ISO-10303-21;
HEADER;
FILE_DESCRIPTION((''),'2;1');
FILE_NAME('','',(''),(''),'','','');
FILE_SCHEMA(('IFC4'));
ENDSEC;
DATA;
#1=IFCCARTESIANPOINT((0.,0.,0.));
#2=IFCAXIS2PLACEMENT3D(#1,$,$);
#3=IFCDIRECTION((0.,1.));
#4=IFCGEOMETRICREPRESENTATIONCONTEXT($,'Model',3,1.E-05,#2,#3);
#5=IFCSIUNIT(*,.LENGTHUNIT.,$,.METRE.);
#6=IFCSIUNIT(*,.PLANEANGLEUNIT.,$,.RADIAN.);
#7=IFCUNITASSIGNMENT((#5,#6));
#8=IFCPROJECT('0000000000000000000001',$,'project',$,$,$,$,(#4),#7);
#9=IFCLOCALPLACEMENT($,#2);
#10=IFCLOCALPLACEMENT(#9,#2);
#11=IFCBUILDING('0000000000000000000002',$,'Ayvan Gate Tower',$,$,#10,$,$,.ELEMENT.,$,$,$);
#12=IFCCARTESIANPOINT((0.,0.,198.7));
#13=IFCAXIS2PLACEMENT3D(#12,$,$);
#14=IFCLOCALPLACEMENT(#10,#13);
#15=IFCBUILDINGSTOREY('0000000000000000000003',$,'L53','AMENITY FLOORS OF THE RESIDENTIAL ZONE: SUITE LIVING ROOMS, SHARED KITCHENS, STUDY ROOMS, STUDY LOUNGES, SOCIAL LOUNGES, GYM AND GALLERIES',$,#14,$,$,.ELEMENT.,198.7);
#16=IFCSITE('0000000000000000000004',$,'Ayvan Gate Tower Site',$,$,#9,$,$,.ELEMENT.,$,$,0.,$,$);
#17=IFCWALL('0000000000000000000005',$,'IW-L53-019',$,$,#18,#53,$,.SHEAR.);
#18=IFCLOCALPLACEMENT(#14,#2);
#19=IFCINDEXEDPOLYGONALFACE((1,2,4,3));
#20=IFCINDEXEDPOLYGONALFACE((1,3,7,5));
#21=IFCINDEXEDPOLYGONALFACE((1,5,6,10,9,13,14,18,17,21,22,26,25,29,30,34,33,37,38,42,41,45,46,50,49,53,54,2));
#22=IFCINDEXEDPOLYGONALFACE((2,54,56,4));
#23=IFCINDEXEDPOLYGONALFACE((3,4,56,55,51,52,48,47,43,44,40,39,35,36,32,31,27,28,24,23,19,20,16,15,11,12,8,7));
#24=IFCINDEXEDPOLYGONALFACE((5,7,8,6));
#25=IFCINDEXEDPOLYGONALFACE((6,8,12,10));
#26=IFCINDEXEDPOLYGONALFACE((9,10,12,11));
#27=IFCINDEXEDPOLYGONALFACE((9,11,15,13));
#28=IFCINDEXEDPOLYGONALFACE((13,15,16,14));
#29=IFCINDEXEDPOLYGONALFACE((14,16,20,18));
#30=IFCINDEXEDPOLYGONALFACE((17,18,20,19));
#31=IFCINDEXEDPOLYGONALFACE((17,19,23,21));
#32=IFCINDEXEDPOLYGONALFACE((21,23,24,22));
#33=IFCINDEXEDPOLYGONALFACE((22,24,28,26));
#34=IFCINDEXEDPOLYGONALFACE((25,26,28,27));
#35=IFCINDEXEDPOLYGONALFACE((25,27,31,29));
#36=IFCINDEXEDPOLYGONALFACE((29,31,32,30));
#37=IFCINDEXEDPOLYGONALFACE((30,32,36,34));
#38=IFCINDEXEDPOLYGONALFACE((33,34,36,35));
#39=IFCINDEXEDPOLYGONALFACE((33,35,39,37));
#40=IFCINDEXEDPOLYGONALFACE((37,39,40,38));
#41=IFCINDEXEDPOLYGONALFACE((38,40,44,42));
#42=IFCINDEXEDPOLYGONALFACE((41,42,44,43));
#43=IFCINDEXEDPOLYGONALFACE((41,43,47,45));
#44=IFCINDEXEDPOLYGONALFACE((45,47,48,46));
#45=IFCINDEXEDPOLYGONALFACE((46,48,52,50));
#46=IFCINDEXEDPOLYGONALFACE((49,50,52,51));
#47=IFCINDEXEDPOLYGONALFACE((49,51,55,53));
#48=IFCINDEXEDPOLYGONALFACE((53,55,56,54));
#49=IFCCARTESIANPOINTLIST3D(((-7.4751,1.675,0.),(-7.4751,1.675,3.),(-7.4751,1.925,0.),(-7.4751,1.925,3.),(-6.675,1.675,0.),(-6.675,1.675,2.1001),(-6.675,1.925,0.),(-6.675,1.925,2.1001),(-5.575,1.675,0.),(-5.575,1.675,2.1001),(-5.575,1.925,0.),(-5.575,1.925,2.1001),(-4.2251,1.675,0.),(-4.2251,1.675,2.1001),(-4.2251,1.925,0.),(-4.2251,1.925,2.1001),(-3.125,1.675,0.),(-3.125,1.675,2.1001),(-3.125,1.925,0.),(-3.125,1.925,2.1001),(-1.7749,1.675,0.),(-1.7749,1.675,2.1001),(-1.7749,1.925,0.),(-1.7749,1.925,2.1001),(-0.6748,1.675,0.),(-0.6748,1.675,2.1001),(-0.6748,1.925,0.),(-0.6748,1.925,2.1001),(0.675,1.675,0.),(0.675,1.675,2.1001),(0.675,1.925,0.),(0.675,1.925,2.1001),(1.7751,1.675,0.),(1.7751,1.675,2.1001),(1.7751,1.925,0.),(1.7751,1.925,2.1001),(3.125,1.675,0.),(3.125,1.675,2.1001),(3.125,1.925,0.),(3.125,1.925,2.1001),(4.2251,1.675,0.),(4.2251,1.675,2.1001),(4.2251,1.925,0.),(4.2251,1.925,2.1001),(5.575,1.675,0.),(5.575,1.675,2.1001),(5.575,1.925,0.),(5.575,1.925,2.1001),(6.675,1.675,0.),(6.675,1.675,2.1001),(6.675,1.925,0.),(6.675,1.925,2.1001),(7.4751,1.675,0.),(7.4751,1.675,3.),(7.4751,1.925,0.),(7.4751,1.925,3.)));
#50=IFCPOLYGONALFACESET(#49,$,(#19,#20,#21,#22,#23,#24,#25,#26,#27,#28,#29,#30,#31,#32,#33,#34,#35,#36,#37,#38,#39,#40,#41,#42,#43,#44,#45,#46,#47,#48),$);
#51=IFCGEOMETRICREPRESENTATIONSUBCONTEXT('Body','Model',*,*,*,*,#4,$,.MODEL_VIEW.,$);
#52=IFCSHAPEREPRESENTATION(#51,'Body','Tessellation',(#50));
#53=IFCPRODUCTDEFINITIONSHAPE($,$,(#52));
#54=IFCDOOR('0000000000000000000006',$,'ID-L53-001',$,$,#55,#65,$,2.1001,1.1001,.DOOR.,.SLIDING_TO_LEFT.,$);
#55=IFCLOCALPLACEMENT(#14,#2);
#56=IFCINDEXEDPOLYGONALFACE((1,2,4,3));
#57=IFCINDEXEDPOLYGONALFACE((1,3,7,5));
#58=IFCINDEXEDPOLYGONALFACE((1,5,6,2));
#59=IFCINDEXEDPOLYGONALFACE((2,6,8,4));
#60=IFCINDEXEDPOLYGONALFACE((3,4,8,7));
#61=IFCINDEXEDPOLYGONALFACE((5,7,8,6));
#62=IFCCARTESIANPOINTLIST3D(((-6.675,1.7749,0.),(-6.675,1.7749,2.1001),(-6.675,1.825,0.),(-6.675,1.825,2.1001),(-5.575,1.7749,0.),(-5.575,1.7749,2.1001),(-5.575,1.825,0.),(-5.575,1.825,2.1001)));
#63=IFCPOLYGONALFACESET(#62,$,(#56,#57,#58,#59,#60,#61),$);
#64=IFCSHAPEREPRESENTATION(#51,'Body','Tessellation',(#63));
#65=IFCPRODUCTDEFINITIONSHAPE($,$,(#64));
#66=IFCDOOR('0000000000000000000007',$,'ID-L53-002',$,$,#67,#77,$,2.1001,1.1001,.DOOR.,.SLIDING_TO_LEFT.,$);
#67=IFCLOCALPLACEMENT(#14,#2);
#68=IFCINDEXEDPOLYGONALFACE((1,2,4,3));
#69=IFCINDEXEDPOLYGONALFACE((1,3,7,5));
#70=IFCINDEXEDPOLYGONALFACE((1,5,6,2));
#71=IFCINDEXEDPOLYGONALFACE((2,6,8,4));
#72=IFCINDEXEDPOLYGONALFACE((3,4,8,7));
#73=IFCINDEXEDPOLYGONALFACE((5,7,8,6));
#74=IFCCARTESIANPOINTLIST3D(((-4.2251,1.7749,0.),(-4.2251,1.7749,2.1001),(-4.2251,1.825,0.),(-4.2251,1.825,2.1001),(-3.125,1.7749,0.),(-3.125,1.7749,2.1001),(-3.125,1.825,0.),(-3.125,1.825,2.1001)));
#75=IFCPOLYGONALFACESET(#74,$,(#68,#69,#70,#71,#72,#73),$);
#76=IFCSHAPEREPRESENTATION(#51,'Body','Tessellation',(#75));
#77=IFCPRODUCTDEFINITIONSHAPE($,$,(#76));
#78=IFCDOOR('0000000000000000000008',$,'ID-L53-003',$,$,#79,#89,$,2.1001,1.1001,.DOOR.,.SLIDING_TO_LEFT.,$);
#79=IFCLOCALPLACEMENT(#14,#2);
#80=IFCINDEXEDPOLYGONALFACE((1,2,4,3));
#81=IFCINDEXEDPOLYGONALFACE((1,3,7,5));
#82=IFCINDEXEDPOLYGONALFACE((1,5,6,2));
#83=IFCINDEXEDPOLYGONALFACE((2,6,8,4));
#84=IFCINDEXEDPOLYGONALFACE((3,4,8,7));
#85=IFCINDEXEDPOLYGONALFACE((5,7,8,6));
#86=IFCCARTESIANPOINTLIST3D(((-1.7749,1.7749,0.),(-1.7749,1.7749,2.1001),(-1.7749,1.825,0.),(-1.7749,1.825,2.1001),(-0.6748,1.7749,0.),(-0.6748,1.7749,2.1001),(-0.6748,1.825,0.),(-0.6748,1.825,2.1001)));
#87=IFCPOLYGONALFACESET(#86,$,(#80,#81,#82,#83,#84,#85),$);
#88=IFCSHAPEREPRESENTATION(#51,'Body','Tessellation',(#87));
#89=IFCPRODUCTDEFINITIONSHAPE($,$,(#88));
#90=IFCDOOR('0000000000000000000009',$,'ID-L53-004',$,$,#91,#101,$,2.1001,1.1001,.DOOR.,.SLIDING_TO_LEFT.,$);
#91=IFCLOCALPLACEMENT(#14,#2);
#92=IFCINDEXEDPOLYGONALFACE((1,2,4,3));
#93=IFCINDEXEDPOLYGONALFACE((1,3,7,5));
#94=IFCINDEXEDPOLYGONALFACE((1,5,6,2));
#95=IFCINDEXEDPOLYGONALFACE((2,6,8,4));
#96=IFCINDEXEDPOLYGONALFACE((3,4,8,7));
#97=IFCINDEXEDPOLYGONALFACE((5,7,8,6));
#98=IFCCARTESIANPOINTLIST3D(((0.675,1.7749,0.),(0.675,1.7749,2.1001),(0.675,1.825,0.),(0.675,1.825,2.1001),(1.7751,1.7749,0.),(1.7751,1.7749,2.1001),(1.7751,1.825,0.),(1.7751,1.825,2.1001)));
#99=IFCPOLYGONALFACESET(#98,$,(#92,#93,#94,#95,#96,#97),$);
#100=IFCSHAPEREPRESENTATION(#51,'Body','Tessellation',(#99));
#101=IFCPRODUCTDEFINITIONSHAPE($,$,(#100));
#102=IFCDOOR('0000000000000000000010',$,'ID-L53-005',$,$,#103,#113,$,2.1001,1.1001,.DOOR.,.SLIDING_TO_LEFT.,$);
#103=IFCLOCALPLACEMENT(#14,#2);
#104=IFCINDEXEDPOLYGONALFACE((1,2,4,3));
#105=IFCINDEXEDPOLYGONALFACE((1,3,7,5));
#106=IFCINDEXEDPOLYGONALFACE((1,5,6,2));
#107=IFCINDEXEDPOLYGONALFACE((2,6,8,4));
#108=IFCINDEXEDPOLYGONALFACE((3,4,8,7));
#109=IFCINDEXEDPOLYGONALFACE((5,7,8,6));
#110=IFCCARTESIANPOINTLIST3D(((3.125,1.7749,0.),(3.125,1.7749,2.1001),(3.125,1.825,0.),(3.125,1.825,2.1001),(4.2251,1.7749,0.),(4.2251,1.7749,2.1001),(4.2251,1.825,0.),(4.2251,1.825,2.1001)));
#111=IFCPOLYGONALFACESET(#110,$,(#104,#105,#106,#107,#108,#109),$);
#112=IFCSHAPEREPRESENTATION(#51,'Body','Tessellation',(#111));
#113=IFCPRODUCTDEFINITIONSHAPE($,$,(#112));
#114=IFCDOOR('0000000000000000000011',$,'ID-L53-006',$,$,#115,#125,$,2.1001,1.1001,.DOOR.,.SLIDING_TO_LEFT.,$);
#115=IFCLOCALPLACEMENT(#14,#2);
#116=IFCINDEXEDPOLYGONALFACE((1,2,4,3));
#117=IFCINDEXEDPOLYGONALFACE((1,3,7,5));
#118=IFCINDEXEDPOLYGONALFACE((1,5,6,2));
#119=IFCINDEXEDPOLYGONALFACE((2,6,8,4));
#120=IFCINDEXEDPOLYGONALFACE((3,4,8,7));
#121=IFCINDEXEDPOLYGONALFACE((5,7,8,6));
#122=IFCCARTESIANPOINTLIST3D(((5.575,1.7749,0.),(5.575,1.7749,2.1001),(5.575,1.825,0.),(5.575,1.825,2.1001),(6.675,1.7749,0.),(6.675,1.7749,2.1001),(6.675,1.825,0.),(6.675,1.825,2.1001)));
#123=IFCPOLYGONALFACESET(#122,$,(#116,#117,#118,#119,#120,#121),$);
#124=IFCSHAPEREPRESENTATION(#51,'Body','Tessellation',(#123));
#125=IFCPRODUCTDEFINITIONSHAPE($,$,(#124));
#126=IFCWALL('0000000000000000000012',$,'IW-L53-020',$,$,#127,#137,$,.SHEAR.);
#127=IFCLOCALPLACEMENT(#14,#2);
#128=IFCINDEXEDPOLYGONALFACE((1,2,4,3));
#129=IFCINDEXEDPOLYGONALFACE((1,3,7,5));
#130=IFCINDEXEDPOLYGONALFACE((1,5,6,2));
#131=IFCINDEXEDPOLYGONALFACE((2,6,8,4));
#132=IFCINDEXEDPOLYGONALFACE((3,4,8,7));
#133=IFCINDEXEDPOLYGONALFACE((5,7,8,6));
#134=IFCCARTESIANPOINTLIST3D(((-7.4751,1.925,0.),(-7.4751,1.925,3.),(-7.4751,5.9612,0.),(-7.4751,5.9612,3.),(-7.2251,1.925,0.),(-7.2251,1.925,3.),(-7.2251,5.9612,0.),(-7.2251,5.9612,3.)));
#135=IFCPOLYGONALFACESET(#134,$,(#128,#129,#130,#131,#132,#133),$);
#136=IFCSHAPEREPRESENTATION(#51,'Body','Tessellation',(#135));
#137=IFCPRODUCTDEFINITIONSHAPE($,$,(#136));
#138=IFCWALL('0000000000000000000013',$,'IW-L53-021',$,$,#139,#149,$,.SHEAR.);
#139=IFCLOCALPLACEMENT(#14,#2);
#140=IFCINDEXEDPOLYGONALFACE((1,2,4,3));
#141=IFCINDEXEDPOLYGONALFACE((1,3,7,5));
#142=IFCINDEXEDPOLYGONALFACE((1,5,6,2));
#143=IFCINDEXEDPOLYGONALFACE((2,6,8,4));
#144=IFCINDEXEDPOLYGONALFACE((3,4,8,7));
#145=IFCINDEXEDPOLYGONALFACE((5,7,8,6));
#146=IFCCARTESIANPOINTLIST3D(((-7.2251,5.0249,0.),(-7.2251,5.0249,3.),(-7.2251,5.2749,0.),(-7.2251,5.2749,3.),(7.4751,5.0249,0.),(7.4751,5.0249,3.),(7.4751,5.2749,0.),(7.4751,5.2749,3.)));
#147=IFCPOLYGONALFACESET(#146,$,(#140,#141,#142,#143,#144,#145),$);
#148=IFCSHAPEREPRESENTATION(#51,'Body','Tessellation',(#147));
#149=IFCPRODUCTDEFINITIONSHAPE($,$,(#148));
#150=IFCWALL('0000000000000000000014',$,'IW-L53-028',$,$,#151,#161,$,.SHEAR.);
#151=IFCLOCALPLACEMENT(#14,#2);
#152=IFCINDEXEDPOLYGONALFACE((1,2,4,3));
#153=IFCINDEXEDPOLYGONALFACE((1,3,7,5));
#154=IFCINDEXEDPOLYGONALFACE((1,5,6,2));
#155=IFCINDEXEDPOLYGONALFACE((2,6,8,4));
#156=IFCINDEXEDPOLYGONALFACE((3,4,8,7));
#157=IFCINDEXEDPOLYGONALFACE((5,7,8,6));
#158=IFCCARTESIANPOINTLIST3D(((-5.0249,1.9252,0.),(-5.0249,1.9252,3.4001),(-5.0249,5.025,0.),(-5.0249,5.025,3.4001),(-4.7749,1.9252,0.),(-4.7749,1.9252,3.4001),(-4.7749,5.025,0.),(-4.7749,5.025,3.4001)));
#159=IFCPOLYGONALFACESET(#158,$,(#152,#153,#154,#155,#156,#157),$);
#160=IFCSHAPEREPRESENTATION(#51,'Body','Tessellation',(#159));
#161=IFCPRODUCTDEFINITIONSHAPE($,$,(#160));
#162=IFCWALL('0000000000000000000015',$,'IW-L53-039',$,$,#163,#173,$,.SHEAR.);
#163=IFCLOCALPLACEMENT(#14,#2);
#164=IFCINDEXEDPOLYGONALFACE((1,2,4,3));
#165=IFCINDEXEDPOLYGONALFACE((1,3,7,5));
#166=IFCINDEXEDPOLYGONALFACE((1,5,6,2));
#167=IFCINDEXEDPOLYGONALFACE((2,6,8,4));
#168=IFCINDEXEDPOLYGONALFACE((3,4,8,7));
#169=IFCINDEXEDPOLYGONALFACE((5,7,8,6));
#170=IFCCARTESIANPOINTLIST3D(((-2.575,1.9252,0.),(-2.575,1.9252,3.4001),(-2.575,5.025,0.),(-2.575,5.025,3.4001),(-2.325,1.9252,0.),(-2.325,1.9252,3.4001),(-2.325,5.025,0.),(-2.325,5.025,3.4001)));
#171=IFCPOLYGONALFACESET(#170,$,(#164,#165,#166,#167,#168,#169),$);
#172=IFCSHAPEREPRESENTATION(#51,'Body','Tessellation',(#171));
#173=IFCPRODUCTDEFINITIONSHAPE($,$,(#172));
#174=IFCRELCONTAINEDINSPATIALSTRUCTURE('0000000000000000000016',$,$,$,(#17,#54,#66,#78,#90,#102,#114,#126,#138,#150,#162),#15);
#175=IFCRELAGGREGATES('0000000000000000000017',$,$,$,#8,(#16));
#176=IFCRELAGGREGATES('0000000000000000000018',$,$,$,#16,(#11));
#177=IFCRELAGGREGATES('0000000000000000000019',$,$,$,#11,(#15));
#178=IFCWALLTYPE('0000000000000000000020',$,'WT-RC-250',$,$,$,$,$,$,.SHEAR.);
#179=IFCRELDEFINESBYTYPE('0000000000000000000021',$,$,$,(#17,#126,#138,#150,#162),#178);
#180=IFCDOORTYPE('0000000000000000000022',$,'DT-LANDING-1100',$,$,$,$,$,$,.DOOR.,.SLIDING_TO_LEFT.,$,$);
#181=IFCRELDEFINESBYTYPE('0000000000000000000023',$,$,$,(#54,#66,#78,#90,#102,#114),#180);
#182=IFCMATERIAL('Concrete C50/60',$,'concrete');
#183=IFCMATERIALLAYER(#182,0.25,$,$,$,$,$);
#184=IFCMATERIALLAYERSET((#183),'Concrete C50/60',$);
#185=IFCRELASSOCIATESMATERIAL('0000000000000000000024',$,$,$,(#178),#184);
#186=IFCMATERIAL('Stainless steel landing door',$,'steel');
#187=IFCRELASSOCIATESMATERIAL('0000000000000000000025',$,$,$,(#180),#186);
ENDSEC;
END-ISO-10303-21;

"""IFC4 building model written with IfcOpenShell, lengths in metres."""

from ifc_helpers import new_model, si_unit, direction, frame, frame_2d, origin, place, context, subcontext, project, spatial, rectangle, extrude, material, layer, layer_set, type_object, element, fill, save


model = new_model("IFC4")

# Units and contexts
model_context = context("Model", 3, precision=1e-05, world=origin(), true_north=direction((0.0, 1.0)))
body_context = subcontext(model_context, "Body", "Model", "MODEL_VIEW")
ifc_project = project(units=[si_unit("LENGTHUNIT", "METRE"), si_unit("PLANEANGLEUNIT", "RADIAN")], contexts=[model_context])

# Site, building, storey
site_placement = place(None, origin())
site = spatial("IfcSite", under=ifc_project, at=site_placement, Name="Ayvan Gate Tower Site", CompositionType="ELEMENT", RefElevation=0.0)
building_placement = place(site_placement, origin())
building = spatial("IfcBuilding", under=site, at=building_placement, Name="Ayvan Gate Tower", CompositionType="ELEMENT")
storey_placement = place(building_placement, frame((0.0, 0.0, 198.7)))
storey = spatial("IfcBuildingStorey", under=building, at=storey_placement, Name="L53", Description="AMENITY FLOORS OF THE RESIDENTIAL ZONE: SUITE LIVING ROOMS, SHARED KITCHENS, STUDY ROOMS, STUDY LOUNGES, SOCIAL LOUNGES, GYM AND GALLERIES", CompositionType="ELEMENT", Elevation=198.7)

# Wall, openings, doors
ifc_material_1 = material(Name="Concrete C50/60", Category="concrete")
ifc_layer_1 = layer(ifc_material_1, 0.25)
ifc_layer_set_1 = layer_set([ifc_layer_1], Name="Concrete C50/60")
wall_type_1 = type_object("IfcWallType", Name="WT-RC-250", PredefinedType="SHEAR", material=ifc_layer_set_1)
wall_1_placement = place(storey_placement, frame((-7.4751, 1.8, 0.0), z_axis=(0.0, 0.0, 1.0), x_axis=(1.0, 0.0, 0.0)))
wall_1 = element("IfcWall", 1, at=wall_1_placement, inside=storey, type_object=wall_type_1, Name="IW-L53-019", PredefinedType="SHEAR", context=body_context, shape_type="SweptSolid", body=[
    extrude(rectangle(XDim=14.9502, YDim=0.25, at=frame_2d((7.4751, 0.0))), origin(), (0.0, 0.0, 1.0), 3.0),
])
opening_1_placement = place(wall_1_placement, frame((0.8, 0.0, 0.0)))
opening_1 = element("IfcOpeningElement", 2, at=opening_1_placement, cuts=wall_1, PredefinedType="OPENING", context=body_context, shape_type="SweptSolid", body=[
    extrude(rectangle(XDim=1.1001, YDim=2.1001, at=frame_2d((0.55, 1.05))), frame((0.0, 0.135, 0.0), z_axis=(0.0, -1.0, 0.0), x_axis=(1.0, 0.0, 0.0)), (0.0, 0.0, 1.0), 0.27),
])
opening_2_placement = place(wall_1_placement, frame((3.25, 0.0, 0.0)))
opening_2 = element("IfcOpeningElement", 3, at=opening_2_placement, cuts=wall_1, PredefinedType="OPENING", context=body_context, shape_type="SweptSolid", body=[
    extrude(rectangle(XDim=1.1001, YDim=2.1001, at=frame_2d((0.55, 1.05))), frame((0.0, 0.135, 0.0), z_axis=(0.0, -1.0, 0.0), x_axis=(1.0, 0.0, 0.0)), (0.0, 0.0, 1.0), 0.27),
])
opening_3_placement = place(wall_1_placement, frame((5.7002, 0.0, 0.0)))
opening_3 = element("IfcOpeningElement", 4, at=opening_3_placement, cuts=wall_1, PredefinedType="OPENING", context=body_context, shape_type="SweptSolid", body=[
    extrude(rectangle(XDim=1.1001, YDim=2.1001, at=frame_2d((0.55, 1.05))), frame((0.0, 0.135, 0.0), z_axis=(0.0, -1.0, 0.0), x_axis=(1.0, 0.0, 0.0)), (0.0, 0.0, 1.0), 0.27),
])
opening_4_placement = place(wall_1_placement, frame((8.1501, 0.0, 0.0)))
opening_4 = element("IfcOpeningElement", 5, at=opening_4_placement, cuts=wall_1, PredefinedType="OPENING", context=body_context, shape_type="SweptSolid", body=[
    extrude(rectangle(XDim=1.1001, YDim=2.1001, at=frame_2d((0.55, 1.05))), frame((0.0, 0.135, 0.0), z_axis=(0.0, -1.0, 0.0), x_axis=(1.0, 0.0, 0.0)), (0.0, 0.0, 1.0), 0.27),
])
opening_5_placement = place(wall_1_placement, frame((10.6001, 0.0, 0.0)))
opening_5 = element("IfcOpeningElement", 6, at=opening_5_placement, cuts=wall_1, PredefinedType="OPENING", context=body_context, shape_type="SweptSolid", body=[
    extrude(rectangle(XDim=1.1001, YDim=2.1001, at=frame_2d((0.55, 1.05))), frame((0.0, 0.135, 0.0), z_axis=(0.0, -1.0, 0.0), x_axis=(1.0, 0.0, 0.0)), (0.0, 0.0, 1.0), 0.27),
])
opening_6_placement = place(wall_1_placement, frame((13.05, 0.0, 0.0)))
opening_6 = element("IfcOpeningElement", 7, at=opening_6_placement, cuts=wall_1, PredefinedType="OPENING", context=body_context, shape_type="SweptSolid", body=[
    extrude(rectangle(XDim=1.1001, YDim=2.1001, at=frame_2d((0.55, 1.05))), frame((0.0, 0.135, 0.0), z_axis=(0.0, -1.0, 0.0), x_axis=(1.0, 0.0, 0.0)), (0.0, 0.0, 1.0), 0.27),
])
ifc_material_2 = material(Name="Stainless steel landing door", Category="steel")
door_type_1 = type_object("IfcDoorType", Name="DT-LANDING-1100", OperationType="SLIDING_TO_LEFT", PredefinedType="DOOR", material=ifc_material_2)
door_1_placement = place(opening_1_placement, origin())
door_1 = element("IfcDoor", 8, at=door_1_placement, inside=storey, type_object=door_type_1, Name="ID-L53-001", OperationType="SLIDING_TO_LEFT", OverallHeight=2.1001, OverallWidth=1.1001, PredefinedType="DOOR", context=body_context, shape_type="SweptSolid", body=[
    extrude(rectangle(XDim=1.1001, YDim=2.1001, at=frame_2d((0.55, 1.05))), frame((0.0, 0.0249, 0.0), z_axis=(0.0, -1.0, 0.0), x_axis=(1.0, 0.0, 0.0)), (0.0, 0.0, 1.0), 0.05),
])
fill(opening_1, door_1)
door_2_placement = place(opening_2_placement, origin())
door_2 = element("IfcDoor", 9, at=door_2_placement, inside=storey, type_object=door_type_1, Name="ID-L53-002", OperationType="SLIDING_TO_LEFT", OverallHeight=2.1001, OverallWidth=1.1001, PredefinedType="DOOR", context=body_context, shape_type="SweptSolid", body=[
    extrude(rectangle(XDim=1.1001, YDim=2.1001, at=frame_2d((0.55, 1.05))), frame((0.0, 0.0249, 0.0), z_axis=(0.0, -1.0, 0.0), x_axis=(1.0, 0.0, 0.0)), (0.0, 0.0, 1.0), 0.05),
])
fill(opening_2, door_2)
door_3_placement = place(opening_3_placement, origin())
door_3 = element("IfcDoor", 10, at=door_3_placement, inside=storey, type_object=door_type_1, Name="ID-L53-003", OperationType="SLIDING_TO_LEFT", OverallHeight=2.1001, OverallWidth=1.1001, PredefinedType="DOOR", context=body_context, shape_type="SweptSolid", body=[
    extrude(rectangle(XDim=1.1001, YDim=2.1001, at=frame_2d((0.55, 1.05))), frame((0.0, 0.0249, 0.0), z_axis=(0.0, -1.0, 0.0), x_axis=(1.0, 0.0, 0.0)), (0.0, 0.0, 1.0), 0.05),
])
fill(opening_3, door_3)
door_4_placement = place(opening_4_placement, origin())
door_4 = element("IfcDoor", 11, at=door_4_placement, inside=storey, type_object=door_type_1, Name="ID-L53-004", OperationType="SLIDING_TO_LEFT", OverallHeight=2.1001, OverallWidth=1.1001, PredefinedType="DOOR", context=body_context, shape_type="SweptSolid", body=[
    extrude(rectangle(XDim=1.1001, YDim=2.1001, at=frame_2d((0.55, 1.05))), frame((0.0, 0.0249, 0.0), z_axis=(0.0, -1.0, 0.0), x_axis=(1.0, 0.0, 0.0)), (0.0, 0.0, 1.0), 0.05),
])
fill(opening_4, door_4)
door_5_placement = place(opening_5_placement, origin())
door_5 = element("IfcDoor", 12, at=door_5_placement, inside=storey, type_object=door_type_1, Name="ID-L53-005", OperationType="SLIDING_TO_LEFT", OverallHeight=2.1001, OverallWidth=1.1001, PredefinedType="DOOR", context=body_context, shape_type="SweptSolid", body=[
    extrude(rectangle(XDim=1.1001, YDim=2.1001, at=frame_2d((0.55, 1.05))), frame((0.0, 0.0249, 0.0), z_axis=(0.0, -1.0, 0.0), x_axis=(1.0, 0.0, 0.0)), (0.0, 0.0, 1.0), 0.05),
])
fill(opening_5, door_5)
door_6_placement = place(opening_6_placement, origin())
door_6 = element("IfcDoor", 13, at=door_6_placement, inside=storey, type_object=door_type_1, Name="ID-L53-006", OperationType="SLIDING_TO_LEFT", OverallHeight=2.1001, OverallWidth=1.1001, PredefinedType="DOOR", context=body_context, shape_type="SweptSolid", body=[
    extrude(rectangle(XDim=1.1001, YDim=2.1001, at=frame_2d((0.55, 1.05))), frame((0.0, 0.0249, 0.0), z_axis=(0.0, -1.0, 0.0), x_axis=(1.0, 0.0, 0.0)), (0.0, 0.0, 1.0), 0.05),
])
fill(opening_6, door_6)

# Walls
wall_2_placement = place(storey_placement, frame((-7.3501, 1.925, 0.0), z_axis=(0.0, 0.0, 1.0), x_axis=(0.0, 1.0, 0.0)))
element("IfcWall", 14, at=wall_2_placement, inside=storey, type_object=wall_type_1, Name="IW-L53-020", PredefinedType="SHEAR", context=body_context, shape_type="SweptSolid", body=[
    extrude(rectangle(XDim=4.0361, YDim=0.25, at=frame_2d((2.0181, 0.0))), origin(), (0.0, 0.0, 1.0), 3.0),
])
wall_3_placement = place(storey_placement, frame((-7.2251, 5.1499, 0.0), z_axis=(0.0, 0.0, 1.0), x_axis=(1.0, 0.0, 0.0)))
element("IfcWall", 15, at=wall_3_placement, inside=storey, type_object=wall_type_1, Name="IW-L53-021", PredefinedType="SHEAR", context=body_context, shape_type="SweptSolid", body=[
    extrude(rectangle(XDim=14.7002, YDim=0.25, at=frame_2d((7.3501, 0.0))), origin(), (0.0, 0.0, 1.0), 3.0),
])
for number, where, z_axis, x_axis, name in (
    (16, (-4.8999, 5.0249, 0.0), (0.0, 0.0, 1.0), (0.0, -1.0, 0.0), "IW-L53-028"),
    (17, (-2.45, 5.0249, 0.0), (0.0, 0.0, 1.0), (0.0, -1.0, 0.0), "IW-L53-039"),
):
    element("IfcWall", number, at=place(storey_placement, frame(where, z_axis=z_axis, x_axis=x_axis)), inside=storey, type_object=wall_type_1, Name=name, PredefinedType="SHEAR", context=body_context, shape_type="SweptSolid", body=[
        extrude(rectangle(XDim=3.0999, YDim=0.25, at=frame_2d((1.5498, 0.0))), origin(), (0.0, 0.0, 1.0), 3.4001),
    ])

save(model, "model.ifc")
